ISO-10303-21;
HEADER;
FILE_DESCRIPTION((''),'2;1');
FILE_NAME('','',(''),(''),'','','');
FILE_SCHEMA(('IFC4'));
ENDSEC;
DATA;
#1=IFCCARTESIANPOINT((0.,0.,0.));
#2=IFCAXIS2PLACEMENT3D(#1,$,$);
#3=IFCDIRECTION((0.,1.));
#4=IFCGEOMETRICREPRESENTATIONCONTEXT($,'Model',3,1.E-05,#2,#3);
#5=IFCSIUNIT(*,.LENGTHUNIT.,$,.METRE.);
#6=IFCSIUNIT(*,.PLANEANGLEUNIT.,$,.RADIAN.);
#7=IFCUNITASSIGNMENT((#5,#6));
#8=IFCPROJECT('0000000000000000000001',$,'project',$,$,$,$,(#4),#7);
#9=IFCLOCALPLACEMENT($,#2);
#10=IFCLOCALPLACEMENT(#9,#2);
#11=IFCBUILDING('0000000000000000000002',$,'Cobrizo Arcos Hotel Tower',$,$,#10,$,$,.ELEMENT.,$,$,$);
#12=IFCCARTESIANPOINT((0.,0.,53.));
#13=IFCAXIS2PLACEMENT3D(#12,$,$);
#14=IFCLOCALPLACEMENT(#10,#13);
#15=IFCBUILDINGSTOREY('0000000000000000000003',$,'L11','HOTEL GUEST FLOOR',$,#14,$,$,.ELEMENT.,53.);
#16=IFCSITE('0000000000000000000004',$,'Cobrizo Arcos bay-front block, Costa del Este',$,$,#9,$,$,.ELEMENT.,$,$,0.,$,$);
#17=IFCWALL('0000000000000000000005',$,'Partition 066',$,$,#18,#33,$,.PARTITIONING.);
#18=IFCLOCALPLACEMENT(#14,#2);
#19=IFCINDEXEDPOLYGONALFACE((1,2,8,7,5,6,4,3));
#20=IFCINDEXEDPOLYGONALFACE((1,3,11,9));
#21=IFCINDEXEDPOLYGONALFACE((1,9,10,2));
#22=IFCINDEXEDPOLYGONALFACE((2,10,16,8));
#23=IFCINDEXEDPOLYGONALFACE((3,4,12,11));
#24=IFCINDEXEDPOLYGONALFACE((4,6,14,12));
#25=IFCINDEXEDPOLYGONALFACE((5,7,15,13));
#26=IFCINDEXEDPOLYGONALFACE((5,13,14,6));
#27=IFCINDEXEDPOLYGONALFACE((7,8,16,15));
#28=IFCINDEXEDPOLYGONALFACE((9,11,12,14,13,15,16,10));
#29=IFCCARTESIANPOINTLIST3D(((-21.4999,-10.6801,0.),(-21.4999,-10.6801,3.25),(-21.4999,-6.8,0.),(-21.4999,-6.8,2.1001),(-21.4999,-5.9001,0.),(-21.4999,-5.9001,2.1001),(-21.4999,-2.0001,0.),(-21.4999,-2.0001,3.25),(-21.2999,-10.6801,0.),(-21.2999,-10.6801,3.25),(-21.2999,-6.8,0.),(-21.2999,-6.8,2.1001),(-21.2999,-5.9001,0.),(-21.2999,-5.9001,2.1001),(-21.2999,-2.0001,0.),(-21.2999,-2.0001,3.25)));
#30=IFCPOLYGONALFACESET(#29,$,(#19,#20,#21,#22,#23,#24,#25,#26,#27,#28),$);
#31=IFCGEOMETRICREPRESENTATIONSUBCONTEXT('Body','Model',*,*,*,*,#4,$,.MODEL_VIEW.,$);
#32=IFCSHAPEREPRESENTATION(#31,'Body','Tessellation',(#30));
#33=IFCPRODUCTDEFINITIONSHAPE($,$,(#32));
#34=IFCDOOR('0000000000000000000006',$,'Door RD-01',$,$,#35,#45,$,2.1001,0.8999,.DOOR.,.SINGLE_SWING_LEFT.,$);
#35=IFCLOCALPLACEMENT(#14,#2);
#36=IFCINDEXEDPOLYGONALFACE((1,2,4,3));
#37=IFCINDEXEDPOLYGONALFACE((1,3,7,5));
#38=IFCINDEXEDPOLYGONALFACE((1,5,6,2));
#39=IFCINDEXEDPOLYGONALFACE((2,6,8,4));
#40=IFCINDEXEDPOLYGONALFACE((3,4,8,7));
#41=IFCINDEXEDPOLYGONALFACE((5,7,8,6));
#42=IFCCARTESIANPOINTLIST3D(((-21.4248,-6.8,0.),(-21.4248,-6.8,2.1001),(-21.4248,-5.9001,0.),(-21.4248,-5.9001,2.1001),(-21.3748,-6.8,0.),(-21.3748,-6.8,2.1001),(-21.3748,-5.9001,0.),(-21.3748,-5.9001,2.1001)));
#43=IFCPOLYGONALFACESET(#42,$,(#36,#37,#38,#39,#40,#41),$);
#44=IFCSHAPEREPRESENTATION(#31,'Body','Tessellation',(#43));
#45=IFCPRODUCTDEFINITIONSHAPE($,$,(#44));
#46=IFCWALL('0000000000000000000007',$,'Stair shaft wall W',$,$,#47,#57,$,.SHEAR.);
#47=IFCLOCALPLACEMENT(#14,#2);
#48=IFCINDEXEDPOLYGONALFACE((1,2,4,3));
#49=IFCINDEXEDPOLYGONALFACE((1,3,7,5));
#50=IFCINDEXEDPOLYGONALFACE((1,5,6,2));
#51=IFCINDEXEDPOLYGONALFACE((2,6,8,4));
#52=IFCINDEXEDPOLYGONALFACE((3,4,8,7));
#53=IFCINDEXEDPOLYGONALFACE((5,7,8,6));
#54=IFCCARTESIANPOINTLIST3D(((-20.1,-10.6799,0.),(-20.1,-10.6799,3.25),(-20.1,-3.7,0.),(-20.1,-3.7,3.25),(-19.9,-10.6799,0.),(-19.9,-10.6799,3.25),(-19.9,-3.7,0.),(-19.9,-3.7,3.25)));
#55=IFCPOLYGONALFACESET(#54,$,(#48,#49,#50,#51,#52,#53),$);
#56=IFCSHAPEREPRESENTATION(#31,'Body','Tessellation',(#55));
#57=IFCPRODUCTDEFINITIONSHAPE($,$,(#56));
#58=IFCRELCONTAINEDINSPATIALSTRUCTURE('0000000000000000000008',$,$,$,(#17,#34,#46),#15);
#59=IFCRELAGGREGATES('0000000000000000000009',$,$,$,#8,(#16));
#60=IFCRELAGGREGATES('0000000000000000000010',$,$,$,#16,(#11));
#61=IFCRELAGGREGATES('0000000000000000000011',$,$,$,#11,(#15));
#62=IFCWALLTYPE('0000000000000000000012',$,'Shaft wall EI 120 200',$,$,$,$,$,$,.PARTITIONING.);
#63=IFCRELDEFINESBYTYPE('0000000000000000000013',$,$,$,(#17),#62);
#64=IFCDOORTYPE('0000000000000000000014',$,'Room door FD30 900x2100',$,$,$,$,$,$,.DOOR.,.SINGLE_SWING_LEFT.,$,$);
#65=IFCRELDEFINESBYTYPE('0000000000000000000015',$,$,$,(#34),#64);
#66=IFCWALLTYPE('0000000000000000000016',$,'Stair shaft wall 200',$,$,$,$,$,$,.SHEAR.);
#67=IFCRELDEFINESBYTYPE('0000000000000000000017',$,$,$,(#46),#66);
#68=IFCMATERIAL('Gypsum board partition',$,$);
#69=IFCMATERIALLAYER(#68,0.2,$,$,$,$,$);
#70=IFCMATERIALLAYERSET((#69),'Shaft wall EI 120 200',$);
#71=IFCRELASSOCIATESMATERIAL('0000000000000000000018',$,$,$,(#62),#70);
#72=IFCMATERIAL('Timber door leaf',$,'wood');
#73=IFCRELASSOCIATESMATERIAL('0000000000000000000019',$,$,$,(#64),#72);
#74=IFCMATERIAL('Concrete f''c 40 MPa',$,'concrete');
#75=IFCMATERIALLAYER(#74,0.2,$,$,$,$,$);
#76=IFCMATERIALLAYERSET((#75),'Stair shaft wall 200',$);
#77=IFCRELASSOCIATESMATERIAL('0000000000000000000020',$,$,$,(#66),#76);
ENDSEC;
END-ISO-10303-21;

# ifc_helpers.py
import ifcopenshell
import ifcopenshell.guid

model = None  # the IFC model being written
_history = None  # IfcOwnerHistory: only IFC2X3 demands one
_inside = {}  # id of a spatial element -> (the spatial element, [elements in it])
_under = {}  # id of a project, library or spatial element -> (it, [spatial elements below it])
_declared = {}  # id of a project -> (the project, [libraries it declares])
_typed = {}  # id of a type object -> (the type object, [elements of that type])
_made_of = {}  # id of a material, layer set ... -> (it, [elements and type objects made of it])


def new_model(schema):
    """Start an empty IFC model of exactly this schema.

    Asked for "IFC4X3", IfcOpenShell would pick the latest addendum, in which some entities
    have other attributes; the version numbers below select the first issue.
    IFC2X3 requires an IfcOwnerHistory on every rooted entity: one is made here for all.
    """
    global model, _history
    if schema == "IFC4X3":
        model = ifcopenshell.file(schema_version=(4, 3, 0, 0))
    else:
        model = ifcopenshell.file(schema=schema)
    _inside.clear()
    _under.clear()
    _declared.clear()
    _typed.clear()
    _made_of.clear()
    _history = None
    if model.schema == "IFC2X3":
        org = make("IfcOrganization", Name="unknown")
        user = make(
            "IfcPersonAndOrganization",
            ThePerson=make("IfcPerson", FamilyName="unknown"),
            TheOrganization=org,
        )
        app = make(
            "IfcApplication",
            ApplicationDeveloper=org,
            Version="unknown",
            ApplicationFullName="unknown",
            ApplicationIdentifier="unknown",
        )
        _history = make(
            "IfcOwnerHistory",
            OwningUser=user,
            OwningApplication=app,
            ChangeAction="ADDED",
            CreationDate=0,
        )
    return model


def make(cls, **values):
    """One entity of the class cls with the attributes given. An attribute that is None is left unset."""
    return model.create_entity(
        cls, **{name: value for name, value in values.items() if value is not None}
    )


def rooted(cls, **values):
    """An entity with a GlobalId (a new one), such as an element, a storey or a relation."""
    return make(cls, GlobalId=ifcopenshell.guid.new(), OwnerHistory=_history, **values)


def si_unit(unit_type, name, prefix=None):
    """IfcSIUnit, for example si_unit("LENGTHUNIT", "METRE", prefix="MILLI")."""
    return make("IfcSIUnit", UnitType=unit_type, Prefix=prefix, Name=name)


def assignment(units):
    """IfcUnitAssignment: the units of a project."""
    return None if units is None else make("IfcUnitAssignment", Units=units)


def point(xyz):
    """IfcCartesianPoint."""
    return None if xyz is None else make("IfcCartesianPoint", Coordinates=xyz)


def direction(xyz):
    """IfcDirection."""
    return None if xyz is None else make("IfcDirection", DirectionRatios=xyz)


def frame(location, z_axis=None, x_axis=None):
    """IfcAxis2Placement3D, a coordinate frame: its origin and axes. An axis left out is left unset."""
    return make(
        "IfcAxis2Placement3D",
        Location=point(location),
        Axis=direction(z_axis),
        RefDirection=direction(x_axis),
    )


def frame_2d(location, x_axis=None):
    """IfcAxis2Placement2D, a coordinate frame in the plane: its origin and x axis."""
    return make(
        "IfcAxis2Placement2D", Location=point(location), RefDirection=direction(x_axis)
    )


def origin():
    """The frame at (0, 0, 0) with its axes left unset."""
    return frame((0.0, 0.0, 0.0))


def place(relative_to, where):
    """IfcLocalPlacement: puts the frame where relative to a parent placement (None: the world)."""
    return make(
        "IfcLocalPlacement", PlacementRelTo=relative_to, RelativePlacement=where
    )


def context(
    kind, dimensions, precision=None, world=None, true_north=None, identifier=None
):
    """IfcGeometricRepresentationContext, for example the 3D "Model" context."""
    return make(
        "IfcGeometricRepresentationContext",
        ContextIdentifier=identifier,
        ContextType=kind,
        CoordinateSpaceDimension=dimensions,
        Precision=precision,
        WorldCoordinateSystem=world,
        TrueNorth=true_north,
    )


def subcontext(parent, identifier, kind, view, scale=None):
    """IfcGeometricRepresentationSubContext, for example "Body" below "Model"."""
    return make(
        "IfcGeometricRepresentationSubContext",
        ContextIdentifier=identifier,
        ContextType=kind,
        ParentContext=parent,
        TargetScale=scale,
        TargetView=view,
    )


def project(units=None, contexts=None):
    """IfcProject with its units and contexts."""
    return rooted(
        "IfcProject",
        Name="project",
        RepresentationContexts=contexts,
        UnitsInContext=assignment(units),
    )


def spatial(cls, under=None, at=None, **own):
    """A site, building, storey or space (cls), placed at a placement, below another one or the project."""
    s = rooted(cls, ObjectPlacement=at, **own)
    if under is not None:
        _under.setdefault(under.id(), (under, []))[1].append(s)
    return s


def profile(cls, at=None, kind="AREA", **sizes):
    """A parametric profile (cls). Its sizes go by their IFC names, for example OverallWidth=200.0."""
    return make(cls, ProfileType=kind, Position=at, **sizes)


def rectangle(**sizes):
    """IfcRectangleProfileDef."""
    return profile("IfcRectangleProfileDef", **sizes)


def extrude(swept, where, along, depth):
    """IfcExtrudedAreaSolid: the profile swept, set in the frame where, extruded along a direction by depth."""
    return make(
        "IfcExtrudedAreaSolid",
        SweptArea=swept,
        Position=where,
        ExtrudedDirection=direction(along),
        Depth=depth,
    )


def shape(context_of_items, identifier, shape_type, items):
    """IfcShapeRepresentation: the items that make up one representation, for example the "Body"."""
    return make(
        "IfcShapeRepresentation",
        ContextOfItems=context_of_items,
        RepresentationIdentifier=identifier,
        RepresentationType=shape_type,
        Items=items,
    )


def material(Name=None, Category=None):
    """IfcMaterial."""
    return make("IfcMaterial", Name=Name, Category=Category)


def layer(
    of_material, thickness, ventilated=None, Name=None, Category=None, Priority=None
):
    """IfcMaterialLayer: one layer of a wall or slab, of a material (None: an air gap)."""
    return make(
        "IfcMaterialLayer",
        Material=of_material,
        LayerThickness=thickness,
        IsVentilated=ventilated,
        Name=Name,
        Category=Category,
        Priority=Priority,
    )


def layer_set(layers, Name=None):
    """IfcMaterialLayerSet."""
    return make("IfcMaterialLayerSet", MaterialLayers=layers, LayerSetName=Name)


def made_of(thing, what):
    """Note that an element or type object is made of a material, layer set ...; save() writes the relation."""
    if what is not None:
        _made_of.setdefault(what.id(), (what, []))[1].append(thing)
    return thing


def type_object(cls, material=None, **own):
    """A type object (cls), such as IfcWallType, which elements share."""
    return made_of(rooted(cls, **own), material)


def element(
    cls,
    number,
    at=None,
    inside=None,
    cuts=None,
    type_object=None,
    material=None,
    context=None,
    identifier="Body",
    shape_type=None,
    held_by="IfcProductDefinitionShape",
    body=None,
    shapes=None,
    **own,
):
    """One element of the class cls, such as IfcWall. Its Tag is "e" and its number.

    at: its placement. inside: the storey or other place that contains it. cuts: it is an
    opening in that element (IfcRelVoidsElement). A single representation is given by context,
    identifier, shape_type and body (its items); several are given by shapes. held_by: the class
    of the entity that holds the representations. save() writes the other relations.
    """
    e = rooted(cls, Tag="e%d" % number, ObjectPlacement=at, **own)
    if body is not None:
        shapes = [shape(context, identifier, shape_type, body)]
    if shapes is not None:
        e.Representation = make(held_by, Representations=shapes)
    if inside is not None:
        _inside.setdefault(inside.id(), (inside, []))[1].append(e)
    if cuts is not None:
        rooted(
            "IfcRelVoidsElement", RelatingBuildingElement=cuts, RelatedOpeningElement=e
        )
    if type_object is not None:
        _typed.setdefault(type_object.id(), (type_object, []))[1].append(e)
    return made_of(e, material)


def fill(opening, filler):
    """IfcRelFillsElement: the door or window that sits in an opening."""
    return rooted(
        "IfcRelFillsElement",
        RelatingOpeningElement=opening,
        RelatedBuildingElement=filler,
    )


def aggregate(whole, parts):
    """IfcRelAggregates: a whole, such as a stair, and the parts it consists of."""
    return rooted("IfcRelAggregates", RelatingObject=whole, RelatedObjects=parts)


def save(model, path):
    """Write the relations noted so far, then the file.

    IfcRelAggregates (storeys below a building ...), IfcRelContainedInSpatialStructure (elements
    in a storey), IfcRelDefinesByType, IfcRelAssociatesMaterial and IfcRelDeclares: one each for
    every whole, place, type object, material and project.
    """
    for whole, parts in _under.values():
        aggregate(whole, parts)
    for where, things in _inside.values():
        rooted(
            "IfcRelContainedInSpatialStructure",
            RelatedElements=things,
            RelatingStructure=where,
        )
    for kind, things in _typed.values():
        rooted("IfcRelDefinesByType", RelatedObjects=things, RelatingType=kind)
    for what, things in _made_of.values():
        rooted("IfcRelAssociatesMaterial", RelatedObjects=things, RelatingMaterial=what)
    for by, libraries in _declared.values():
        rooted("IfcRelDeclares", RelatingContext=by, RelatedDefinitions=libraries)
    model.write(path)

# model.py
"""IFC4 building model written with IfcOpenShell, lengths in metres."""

from ifc_helpers import new_model, si_unit, direction, frame, frame_2d, origin, place, context, subcontext, project, spatial, rectangle, extrude, material, layer, layer_set, type_object, element, fill, save


model = new_model("IFC4")

# Units and contexts
model_context = context("Model", 3, precision=1e-05, world=origin(), true_north=direction((0.0, 1.0)))
body_context = subcontext(model_context, "Body", "Model", "MODEL_VIEW")
ifc_project = project(units=[si_unit("LENGTHUNIT", "METRE"), si_unit("PLANEANGLEUNIT", "RADIAN")], contexts=[model_context])

# Site, building, storey
site_placement = place(None, origin())
site = spatial("IfcSite", under=ifc_project, at=site_placement, Name="Cobrizo Arcos bay-front block, Costa del Este", CompositionType="ELEMENT", RefElevation=0.0)
building_placement = place(site_placement, origin())
building = spatial("IfcBuilding", under=site, at=building_placement, Name="Cobrizo Arcos Hotel Tower", CompositionType="ELEMENT")
storey_placement = place(building_placement, frame((0.0, 0.0, 53.0)))
storey = spatial("IfcBuildingStorey", under=building, at=storey_placement, Name="L11", Description="HOTEL GUEST FLOOR", CompositionType="ELEMENT", Elevation=53.0)

# Shared definitions
ifc_material_1 = material(Name="Gypsum board partition")

# Shared definitions
ifc_material_2 = material(Name="Timber door leaf", Category="wood")

# Wall, opening, door
ifc_layer_1 = layer(ifc_material_1, 0.2)
ifc_layer_set_1 = layer_set([ifc_layer_1], Name="Shaft wall EI 120 200")
wall_type_1 = type_object("IfcWallType", Name="Shaft wall EI 120 200", PredefinedType="PARTITIONING", material=ifc_layer_set_1)
wall_1_placement = place(storey_placement, frame((-21.3999, -10.6799, 0.0), z_axis=(0.0, 0.0, 1.0), x_axis=(0.0, 1.0, 0.0)))
wall_1 = element("IfcWall", 1, at=wall_1_placement, inside=storey, type_object=wall_type_1, Name="Partition 066", PredefinedType="PARTITIONING", context=body_context, shape_type="SweptSolid", body=[
    extrude(rectangle(XDim=8.6799, YDim=0.2, at=frame_2d((4.3398, 0.0))), origin(), (0.0, 0.0, 1.0), 3.25),
])
opening_1_placement = place(wall_1_placement, frame((3.8799, 0.0, 0.0)))
opening_1 = element("IfcOpeningElement", 2, at=opening_1_placement, cuts=wall_1, PredefinedType="OPENING", context=body_context, shape_type="SweptSolid", body=[
    extrude(rectangle(XDim=0.8999, YDim=2.1001, at=frame_2d((0.45, 1.05))), frame((0.0, 0.1121, 0.0), z_axis=(0.0, -1.0, 0.0), x_axis=(1.0, 0.0, 0.0)), (0.0, 0.0, 1.0), 0.2239),
])
door_type_1 = type_object("IfcDoorType", Name="Room door FD30 900x2100", OperationType="SINGLE_SWING_LEFT", PredefinedType="DOOR", material=ifc_material_2)
door_1_placement = place(opening_1_placement, origin())
door_1 = element("IfcDoor", 3, at=door_1_placement, inside=storey, type_object=door_type_1, Name="Door RD-01", OperationType="SINGLE_SWING_LEFT", OverallHeight=2.1001, OverallWidth=0.8999, PredefinedType="DOOR", context=body_context, shape_type="SweptSolid", body=[
    extrude(rectangle(XDim=0.8999, YDim=2.1001, at=frame_2d((0.45, 1.05))), frame((0.0, 0.0249, 0.0), z_axis=(0.0, -1.0, 0.0), x_axis=(1.0, 0.0, 0.0)), (0.0, 0.0, 1.0), 0.05),
])
fill(opening_1, door_1)

# Wall
ifc_material_3 = material(Name="Concrete f'c 40 MPa", Category="concrete")
ifc_layer_2 = layer(ifc_material_3, 0.2)
ifc_layer_set_2 = layer_set([ifc_layer_2], Name="Stair shaft wall 200")
wall_type_2 = type_object("IfcWallType", Name="Stair shaft wall 200", PredefinedType="SHEAR", material=ifc_layer_set_2)
wall_2_placement = place(storey_placement, frame((-20.0, -10.6799, 0.0), z_axis=(0.0, 0.0, 1.0), x_axis=(0.0, 1.0, 0.0)))
element("IfcWall", 4, at=wall_2_placement, inside=storey, type_object=wall_type_2, Name="Stair shaft wall W", PredefinedType="SHEAR", context=body_context, shape_type="SweptSolid", body=[
    extrude(rectangle(XDim=6.98, YDim=0.2, at=frame_2d((3.49, 0.0))), origin(), (0.0, 0.0, 1.0), 3.25),
])

save(model, "model.ifc")
